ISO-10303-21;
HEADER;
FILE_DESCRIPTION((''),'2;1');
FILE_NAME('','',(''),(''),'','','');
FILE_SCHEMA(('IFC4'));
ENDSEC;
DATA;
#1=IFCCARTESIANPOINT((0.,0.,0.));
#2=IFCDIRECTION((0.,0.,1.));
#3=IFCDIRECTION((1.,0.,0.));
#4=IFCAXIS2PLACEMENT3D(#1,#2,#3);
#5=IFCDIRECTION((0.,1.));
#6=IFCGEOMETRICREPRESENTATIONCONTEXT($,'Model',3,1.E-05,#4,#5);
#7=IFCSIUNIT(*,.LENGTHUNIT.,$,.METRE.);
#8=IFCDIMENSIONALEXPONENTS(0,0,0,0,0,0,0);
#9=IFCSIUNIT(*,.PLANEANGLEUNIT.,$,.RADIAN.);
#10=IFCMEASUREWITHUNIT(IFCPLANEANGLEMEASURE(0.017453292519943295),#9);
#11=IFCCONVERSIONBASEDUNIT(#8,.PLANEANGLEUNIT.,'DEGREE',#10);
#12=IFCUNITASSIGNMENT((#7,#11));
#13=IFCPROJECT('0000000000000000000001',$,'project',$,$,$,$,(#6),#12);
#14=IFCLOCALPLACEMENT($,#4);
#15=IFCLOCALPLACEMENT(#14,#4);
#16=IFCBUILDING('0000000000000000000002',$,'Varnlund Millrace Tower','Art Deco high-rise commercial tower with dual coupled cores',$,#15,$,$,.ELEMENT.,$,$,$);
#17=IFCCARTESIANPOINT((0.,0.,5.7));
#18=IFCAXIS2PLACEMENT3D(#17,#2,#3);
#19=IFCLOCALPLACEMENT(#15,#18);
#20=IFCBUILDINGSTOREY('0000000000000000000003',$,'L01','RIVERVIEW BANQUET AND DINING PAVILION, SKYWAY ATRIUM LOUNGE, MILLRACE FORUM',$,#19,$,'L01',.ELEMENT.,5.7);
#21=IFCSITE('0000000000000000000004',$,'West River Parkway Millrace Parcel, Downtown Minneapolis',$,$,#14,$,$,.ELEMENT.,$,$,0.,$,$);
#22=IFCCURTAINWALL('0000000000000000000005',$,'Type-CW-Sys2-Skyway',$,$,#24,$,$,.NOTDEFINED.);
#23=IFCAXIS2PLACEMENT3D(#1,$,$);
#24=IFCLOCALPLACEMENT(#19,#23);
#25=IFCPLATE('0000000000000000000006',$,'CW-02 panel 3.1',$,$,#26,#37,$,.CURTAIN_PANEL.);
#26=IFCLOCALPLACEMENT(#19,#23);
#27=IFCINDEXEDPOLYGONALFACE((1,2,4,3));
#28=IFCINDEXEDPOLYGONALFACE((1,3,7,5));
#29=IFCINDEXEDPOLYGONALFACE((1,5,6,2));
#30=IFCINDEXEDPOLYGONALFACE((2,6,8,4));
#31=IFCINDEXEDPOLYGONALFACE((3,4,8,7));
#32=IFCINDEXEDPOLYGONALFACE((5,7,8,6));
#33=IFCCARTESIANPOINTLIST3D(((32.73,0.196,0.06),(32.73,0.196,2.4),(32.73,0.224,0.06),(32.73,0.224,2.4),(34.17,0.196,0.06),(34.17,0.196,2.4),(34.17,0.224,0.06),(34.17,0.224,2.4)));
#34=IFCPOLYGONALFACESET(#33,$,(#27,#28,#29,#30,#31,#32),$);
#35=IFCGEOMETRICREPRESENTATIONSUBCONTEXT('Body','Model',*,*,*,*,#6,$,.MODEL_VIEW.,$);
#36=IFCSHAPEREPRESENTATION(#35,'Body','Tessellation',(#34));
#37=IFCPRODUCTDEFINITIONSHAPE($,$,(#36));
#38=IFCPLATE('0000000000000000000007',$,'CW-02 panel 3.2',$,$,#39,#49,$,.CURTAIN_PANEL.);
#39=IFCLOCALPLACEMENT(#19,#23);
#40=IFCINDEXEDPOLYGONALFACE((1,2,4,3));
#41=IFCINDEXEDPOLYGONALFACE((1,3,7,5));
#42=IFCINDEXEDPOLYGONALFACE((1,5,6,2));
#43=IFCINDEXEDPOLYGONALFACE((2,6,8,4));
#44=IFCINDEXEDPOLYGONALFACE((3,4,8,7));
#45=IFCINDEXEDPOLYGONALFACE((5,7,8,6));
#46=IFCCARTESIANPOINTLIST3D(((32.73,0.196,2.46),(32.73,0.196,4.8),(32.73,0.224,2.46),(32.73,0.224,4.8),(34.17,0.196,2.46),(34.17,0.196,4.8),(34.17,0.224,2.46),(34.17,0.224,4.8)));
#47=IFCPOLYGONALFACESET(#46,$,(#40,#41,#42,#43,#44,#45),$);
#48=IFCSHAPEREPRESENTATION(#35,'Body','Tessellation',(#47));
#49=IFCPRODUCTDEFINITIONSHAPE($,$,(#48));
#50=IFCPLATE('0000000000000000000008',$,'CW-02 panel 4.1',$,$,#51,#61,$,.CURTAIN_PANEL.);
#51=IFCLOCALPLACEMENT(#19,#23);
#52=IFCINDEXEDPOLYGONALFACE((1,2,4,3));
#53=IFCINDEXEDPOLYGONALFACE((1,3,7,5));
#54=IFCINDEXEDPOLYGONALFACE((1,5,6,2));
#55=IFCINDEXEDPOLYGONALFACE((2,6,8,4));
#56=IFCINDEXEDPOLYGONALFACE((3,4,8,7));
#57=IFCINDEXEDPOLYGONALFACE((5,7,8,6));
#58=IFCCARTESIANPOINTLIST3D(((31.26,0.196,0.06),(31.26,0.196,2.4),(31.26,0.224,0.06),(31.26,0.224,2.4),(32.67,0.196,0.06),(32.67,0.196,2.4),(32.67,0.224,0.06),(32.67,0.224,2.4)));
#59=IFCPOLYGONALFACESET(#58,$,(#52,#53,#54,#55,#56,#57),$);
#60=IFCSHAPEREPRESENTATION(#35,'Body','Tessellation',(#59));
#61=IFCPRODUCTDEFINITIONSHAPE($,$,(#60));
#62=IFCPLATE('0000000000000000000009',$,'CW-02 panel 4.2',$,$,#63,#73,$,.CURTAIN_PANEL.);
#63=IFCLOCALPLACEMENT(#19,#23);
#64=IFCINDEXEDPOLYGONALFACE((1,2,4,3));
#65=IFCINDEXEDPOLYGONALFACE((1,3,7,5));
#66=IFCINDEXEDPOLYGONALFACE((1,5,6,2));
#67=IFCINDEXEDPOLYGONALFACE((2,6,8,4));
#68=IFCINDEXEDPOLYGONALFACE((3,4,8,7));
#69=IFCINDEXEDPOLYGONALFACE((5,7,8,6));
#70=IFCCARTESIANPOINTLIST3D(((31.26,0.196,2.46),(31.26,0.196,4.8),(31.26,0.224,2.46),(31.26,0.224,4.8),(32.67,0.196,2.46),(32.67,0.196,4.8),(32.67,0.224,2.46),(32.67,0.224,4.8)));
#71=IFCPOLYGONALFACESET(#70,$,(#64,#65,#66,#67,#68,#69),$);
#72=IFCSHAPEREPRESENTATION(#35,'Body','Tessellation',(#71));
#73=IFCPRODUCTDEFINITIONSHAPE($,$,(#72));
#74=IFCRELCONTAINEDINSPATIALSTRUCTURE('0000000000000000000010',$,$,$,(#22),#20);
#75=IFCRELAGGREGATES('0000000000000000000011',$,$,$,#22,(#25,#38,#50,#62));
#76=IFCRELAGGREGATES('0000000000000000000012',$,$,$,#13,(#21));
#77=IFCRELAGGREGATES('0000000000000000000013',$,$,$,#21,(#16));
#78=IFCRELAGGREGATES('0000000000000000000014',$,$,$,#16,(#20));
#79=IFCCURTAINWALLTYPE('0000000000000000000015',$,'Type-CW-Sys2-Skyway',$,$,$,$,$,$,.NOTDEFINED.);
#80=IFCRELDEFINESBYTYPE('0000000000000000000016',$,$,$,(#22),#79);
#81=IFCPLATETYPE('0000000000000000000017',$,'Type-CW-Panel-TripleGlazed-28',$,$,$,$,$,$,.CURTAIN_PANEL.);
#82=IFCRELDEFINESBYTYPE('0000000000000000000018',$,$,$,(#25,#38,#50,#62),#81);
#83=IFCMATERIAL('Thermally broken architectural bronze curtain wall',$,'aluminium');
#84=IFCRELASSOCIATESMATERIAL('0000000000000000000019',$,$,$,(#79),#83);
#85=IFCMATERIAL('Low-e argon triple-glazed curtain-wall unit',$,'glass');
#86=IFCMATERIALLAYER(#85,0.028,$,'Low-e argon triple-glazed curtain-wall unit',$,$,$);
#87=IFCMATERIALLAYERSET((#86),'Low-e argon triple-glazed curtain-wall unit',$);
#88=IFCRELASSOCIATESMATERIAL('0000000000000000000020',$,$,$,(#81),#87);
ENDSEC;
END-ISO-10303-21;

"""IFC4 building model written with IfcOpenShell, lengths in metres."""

from ifc_helpers import new_model, entity, si_unit, converted_unit, direction, frame, origin_with_axes, origin_2d_with_axis, place, context, subcontext, project, spatial, rectangle, extrude, material, layer, layer_set, type_object, element, aggregate, save


model = new_model("IFC4")

# Units and contexts
model_context = context("Model", 3, precision=1e-05, world=origin_with_axes(), true_north=direction((0.0, 1.0)))
body_context = subcontext(model_context, "Body", "Model", "MODEL_VIEW")
ifc_project = project(units=[si_unit("LENGTHUNIT", "METRE"), converted_unit("PLANEANGLEUNIT", "DEGREE", entity("IfcPlaneAngleMeasure", 0.017453292519943295), si_unit("PLANEANGLEUNIT", "RADIAN"), dimensions=[0, 0, 0, 0, 0, 0, 0])], contexts=[model_context])

# Site, building, storey
site_placement = place(None, origin_with_axes())
site = spatial("IfcSite", under=ifc_project, at=site_placement, Name="West River Parkway Millrace Parcel, Downtown Minneapolis", CompositionType="ELEMENT", RefElevation=0.0)
building_placement = place(site_placement, origin_with_axes())
building = spatial("IfcBuilding", under=site, at=building_placement, Name="Varnlund Millrace Tower", Description="Art Deco high-rise commercial tower with dual coupled cores", CompositionType="ELEMENT")
storey_placement = place(building_placement, frame((0.0, 0.0, 5.7), z_axis=(0.0, 0.0, 1.0), x_axis=(1.0, 0.0, 0.0)))
storey = spatial("IfcBuildingStorey", under=building, at=storey_placement, Name="L01", Description="RIVERVIEW BANQUET AND DINING PAVILION, SKYWAY ATRIUM LOUNGE, MILLRACE FORUM", LongName="L01", CompositionType="ELEMENT", Elevation=5.7)

# Curtain wall, plates
ifc_material_1 = material(Name="Thermally broken architectural bronze curtain wall", Category="aluminium")
curtain_wall_type = type_object("IfcCurtainWallType", Name="Type-CW-Sys2-Skyway", PredefinedType="NOTDEFINED", material=ifc_material_1)
curtain_wall_placement = place(storey_placement, frame((37.2, 0.21, 0.0), z_axis=(0.0, 0.0, 1.0), x_axis=(1.0, 0.0, 0.0)))
curtain_wall = element("IfcCurtainWall", 1, at=curtain_wall_placement, inside=storey, type_object=curtain_wall_type, Name="Type-CW-Sys2-Skyway", PredefinedType="NOTDEFINED")
ifc_material_2 = material(Name="Low-e argon triple-glazed curtain-wall unit", Category="glass")
ifc_layer_1 = layer(ifc_material_2, 0.028, Name="Low-e argon triple-glazed curtain-wall unit")
ifc_layer_set_1 = layer_set([ifc_layer_1], Name="Low-e argon triple-glazed curtain-wall unit")
plate_type = type_object("IfcPlateType", Name="Type-CW-Panel-TripleGlazed-28", PredefinedType="CURTAIN_PANEL", material=ifc_layer_set_1)
plate_1_placement = place(storey_placement, frame((33.45, 0.21, 0.06), z_axis=(0.0, 0.0, 1.0), x_axis=(-1.0, 0.0, 0.0)))
plate_1 = element("IfcPlate", 2, at=plate_1_placement, type_object=plate_type, Name="CW-02 panel 3.1", PredefinedType="CURTAIN_PANEL", context=body_context, shape_type="SweptSolid", body=[
    extrude(rectangle(XDim=1.44, YDim=0.028, at=origin_2d_with_axis()), origin_with_axes(), (0.0, 0.0, 1.0), 2.34),
])
plate_2_placement = place(storey_placement, frame((33.45, 0.21, 2.46), z_axis=(0.0, 0.0, 1.0), x_axis=(-1.0, 0.0, 0.0)))
plate_2 = element("IfcPlate", 3, at=plate_2_placement, type_object=plate_type, Name="CW-02 panel 3.2", PredefinedType="CURTAIN_PANEL", context=body_context, shape_type="SweptSolid", body=[
    extrude(rectangle(XDim=1.44, YDim=0.028, at=origin_2d_with_axis()), origin_with_axes(), (0.0, 0.0, 1.0), 2.34),
])
plate_3_placement = place(storey_placement, frame((31.965, 0.21, 0.06), z_axis=(0.0, 0.0, 1.0), x_axis=(-1.0, 0.0, 0.0)))
plate_3 = element("IfcPlate", 4, at=plate_3_placement, type_object=plate_type, Name="CW-02 panel 4.1", PredefinedType="CURTAIN_PANEL", context=body_context, shape_type="SweptSolid", body=[
    extrude(rectangle(XDim=1.41, YDim=0.028, at=origin_2d_with_axis()), origin_with_axes(), (0.0, 0.0, 1.0), 2.34),
])
plate_4_placement = place(storey_placement, frame((31.965, 0.21, 2.46), z_axis=(0.0, 0.0, 1.0), x_axis=(-1.0, 0.0, 0.0)))
plate_4 = element("IfcPlate", 5, at=plate_4_placement, type_object=plate_type, Name="CW-02 panel 4.2", PredefinedType="CURTAIN_PANEL", context=body_context, shape_type="SweptSolid", body=[
    extrude(rectangle(XDim=1.41, YDim=0.028, at=origin_2d_with_axis()), origin_with_axes(), (0.0, 0.0, 1.0), 2.34),
])
aggregate(curtain_wall, [plate_1, plate_2, plate_3, plate_4])

save(model, "model.ifc")
